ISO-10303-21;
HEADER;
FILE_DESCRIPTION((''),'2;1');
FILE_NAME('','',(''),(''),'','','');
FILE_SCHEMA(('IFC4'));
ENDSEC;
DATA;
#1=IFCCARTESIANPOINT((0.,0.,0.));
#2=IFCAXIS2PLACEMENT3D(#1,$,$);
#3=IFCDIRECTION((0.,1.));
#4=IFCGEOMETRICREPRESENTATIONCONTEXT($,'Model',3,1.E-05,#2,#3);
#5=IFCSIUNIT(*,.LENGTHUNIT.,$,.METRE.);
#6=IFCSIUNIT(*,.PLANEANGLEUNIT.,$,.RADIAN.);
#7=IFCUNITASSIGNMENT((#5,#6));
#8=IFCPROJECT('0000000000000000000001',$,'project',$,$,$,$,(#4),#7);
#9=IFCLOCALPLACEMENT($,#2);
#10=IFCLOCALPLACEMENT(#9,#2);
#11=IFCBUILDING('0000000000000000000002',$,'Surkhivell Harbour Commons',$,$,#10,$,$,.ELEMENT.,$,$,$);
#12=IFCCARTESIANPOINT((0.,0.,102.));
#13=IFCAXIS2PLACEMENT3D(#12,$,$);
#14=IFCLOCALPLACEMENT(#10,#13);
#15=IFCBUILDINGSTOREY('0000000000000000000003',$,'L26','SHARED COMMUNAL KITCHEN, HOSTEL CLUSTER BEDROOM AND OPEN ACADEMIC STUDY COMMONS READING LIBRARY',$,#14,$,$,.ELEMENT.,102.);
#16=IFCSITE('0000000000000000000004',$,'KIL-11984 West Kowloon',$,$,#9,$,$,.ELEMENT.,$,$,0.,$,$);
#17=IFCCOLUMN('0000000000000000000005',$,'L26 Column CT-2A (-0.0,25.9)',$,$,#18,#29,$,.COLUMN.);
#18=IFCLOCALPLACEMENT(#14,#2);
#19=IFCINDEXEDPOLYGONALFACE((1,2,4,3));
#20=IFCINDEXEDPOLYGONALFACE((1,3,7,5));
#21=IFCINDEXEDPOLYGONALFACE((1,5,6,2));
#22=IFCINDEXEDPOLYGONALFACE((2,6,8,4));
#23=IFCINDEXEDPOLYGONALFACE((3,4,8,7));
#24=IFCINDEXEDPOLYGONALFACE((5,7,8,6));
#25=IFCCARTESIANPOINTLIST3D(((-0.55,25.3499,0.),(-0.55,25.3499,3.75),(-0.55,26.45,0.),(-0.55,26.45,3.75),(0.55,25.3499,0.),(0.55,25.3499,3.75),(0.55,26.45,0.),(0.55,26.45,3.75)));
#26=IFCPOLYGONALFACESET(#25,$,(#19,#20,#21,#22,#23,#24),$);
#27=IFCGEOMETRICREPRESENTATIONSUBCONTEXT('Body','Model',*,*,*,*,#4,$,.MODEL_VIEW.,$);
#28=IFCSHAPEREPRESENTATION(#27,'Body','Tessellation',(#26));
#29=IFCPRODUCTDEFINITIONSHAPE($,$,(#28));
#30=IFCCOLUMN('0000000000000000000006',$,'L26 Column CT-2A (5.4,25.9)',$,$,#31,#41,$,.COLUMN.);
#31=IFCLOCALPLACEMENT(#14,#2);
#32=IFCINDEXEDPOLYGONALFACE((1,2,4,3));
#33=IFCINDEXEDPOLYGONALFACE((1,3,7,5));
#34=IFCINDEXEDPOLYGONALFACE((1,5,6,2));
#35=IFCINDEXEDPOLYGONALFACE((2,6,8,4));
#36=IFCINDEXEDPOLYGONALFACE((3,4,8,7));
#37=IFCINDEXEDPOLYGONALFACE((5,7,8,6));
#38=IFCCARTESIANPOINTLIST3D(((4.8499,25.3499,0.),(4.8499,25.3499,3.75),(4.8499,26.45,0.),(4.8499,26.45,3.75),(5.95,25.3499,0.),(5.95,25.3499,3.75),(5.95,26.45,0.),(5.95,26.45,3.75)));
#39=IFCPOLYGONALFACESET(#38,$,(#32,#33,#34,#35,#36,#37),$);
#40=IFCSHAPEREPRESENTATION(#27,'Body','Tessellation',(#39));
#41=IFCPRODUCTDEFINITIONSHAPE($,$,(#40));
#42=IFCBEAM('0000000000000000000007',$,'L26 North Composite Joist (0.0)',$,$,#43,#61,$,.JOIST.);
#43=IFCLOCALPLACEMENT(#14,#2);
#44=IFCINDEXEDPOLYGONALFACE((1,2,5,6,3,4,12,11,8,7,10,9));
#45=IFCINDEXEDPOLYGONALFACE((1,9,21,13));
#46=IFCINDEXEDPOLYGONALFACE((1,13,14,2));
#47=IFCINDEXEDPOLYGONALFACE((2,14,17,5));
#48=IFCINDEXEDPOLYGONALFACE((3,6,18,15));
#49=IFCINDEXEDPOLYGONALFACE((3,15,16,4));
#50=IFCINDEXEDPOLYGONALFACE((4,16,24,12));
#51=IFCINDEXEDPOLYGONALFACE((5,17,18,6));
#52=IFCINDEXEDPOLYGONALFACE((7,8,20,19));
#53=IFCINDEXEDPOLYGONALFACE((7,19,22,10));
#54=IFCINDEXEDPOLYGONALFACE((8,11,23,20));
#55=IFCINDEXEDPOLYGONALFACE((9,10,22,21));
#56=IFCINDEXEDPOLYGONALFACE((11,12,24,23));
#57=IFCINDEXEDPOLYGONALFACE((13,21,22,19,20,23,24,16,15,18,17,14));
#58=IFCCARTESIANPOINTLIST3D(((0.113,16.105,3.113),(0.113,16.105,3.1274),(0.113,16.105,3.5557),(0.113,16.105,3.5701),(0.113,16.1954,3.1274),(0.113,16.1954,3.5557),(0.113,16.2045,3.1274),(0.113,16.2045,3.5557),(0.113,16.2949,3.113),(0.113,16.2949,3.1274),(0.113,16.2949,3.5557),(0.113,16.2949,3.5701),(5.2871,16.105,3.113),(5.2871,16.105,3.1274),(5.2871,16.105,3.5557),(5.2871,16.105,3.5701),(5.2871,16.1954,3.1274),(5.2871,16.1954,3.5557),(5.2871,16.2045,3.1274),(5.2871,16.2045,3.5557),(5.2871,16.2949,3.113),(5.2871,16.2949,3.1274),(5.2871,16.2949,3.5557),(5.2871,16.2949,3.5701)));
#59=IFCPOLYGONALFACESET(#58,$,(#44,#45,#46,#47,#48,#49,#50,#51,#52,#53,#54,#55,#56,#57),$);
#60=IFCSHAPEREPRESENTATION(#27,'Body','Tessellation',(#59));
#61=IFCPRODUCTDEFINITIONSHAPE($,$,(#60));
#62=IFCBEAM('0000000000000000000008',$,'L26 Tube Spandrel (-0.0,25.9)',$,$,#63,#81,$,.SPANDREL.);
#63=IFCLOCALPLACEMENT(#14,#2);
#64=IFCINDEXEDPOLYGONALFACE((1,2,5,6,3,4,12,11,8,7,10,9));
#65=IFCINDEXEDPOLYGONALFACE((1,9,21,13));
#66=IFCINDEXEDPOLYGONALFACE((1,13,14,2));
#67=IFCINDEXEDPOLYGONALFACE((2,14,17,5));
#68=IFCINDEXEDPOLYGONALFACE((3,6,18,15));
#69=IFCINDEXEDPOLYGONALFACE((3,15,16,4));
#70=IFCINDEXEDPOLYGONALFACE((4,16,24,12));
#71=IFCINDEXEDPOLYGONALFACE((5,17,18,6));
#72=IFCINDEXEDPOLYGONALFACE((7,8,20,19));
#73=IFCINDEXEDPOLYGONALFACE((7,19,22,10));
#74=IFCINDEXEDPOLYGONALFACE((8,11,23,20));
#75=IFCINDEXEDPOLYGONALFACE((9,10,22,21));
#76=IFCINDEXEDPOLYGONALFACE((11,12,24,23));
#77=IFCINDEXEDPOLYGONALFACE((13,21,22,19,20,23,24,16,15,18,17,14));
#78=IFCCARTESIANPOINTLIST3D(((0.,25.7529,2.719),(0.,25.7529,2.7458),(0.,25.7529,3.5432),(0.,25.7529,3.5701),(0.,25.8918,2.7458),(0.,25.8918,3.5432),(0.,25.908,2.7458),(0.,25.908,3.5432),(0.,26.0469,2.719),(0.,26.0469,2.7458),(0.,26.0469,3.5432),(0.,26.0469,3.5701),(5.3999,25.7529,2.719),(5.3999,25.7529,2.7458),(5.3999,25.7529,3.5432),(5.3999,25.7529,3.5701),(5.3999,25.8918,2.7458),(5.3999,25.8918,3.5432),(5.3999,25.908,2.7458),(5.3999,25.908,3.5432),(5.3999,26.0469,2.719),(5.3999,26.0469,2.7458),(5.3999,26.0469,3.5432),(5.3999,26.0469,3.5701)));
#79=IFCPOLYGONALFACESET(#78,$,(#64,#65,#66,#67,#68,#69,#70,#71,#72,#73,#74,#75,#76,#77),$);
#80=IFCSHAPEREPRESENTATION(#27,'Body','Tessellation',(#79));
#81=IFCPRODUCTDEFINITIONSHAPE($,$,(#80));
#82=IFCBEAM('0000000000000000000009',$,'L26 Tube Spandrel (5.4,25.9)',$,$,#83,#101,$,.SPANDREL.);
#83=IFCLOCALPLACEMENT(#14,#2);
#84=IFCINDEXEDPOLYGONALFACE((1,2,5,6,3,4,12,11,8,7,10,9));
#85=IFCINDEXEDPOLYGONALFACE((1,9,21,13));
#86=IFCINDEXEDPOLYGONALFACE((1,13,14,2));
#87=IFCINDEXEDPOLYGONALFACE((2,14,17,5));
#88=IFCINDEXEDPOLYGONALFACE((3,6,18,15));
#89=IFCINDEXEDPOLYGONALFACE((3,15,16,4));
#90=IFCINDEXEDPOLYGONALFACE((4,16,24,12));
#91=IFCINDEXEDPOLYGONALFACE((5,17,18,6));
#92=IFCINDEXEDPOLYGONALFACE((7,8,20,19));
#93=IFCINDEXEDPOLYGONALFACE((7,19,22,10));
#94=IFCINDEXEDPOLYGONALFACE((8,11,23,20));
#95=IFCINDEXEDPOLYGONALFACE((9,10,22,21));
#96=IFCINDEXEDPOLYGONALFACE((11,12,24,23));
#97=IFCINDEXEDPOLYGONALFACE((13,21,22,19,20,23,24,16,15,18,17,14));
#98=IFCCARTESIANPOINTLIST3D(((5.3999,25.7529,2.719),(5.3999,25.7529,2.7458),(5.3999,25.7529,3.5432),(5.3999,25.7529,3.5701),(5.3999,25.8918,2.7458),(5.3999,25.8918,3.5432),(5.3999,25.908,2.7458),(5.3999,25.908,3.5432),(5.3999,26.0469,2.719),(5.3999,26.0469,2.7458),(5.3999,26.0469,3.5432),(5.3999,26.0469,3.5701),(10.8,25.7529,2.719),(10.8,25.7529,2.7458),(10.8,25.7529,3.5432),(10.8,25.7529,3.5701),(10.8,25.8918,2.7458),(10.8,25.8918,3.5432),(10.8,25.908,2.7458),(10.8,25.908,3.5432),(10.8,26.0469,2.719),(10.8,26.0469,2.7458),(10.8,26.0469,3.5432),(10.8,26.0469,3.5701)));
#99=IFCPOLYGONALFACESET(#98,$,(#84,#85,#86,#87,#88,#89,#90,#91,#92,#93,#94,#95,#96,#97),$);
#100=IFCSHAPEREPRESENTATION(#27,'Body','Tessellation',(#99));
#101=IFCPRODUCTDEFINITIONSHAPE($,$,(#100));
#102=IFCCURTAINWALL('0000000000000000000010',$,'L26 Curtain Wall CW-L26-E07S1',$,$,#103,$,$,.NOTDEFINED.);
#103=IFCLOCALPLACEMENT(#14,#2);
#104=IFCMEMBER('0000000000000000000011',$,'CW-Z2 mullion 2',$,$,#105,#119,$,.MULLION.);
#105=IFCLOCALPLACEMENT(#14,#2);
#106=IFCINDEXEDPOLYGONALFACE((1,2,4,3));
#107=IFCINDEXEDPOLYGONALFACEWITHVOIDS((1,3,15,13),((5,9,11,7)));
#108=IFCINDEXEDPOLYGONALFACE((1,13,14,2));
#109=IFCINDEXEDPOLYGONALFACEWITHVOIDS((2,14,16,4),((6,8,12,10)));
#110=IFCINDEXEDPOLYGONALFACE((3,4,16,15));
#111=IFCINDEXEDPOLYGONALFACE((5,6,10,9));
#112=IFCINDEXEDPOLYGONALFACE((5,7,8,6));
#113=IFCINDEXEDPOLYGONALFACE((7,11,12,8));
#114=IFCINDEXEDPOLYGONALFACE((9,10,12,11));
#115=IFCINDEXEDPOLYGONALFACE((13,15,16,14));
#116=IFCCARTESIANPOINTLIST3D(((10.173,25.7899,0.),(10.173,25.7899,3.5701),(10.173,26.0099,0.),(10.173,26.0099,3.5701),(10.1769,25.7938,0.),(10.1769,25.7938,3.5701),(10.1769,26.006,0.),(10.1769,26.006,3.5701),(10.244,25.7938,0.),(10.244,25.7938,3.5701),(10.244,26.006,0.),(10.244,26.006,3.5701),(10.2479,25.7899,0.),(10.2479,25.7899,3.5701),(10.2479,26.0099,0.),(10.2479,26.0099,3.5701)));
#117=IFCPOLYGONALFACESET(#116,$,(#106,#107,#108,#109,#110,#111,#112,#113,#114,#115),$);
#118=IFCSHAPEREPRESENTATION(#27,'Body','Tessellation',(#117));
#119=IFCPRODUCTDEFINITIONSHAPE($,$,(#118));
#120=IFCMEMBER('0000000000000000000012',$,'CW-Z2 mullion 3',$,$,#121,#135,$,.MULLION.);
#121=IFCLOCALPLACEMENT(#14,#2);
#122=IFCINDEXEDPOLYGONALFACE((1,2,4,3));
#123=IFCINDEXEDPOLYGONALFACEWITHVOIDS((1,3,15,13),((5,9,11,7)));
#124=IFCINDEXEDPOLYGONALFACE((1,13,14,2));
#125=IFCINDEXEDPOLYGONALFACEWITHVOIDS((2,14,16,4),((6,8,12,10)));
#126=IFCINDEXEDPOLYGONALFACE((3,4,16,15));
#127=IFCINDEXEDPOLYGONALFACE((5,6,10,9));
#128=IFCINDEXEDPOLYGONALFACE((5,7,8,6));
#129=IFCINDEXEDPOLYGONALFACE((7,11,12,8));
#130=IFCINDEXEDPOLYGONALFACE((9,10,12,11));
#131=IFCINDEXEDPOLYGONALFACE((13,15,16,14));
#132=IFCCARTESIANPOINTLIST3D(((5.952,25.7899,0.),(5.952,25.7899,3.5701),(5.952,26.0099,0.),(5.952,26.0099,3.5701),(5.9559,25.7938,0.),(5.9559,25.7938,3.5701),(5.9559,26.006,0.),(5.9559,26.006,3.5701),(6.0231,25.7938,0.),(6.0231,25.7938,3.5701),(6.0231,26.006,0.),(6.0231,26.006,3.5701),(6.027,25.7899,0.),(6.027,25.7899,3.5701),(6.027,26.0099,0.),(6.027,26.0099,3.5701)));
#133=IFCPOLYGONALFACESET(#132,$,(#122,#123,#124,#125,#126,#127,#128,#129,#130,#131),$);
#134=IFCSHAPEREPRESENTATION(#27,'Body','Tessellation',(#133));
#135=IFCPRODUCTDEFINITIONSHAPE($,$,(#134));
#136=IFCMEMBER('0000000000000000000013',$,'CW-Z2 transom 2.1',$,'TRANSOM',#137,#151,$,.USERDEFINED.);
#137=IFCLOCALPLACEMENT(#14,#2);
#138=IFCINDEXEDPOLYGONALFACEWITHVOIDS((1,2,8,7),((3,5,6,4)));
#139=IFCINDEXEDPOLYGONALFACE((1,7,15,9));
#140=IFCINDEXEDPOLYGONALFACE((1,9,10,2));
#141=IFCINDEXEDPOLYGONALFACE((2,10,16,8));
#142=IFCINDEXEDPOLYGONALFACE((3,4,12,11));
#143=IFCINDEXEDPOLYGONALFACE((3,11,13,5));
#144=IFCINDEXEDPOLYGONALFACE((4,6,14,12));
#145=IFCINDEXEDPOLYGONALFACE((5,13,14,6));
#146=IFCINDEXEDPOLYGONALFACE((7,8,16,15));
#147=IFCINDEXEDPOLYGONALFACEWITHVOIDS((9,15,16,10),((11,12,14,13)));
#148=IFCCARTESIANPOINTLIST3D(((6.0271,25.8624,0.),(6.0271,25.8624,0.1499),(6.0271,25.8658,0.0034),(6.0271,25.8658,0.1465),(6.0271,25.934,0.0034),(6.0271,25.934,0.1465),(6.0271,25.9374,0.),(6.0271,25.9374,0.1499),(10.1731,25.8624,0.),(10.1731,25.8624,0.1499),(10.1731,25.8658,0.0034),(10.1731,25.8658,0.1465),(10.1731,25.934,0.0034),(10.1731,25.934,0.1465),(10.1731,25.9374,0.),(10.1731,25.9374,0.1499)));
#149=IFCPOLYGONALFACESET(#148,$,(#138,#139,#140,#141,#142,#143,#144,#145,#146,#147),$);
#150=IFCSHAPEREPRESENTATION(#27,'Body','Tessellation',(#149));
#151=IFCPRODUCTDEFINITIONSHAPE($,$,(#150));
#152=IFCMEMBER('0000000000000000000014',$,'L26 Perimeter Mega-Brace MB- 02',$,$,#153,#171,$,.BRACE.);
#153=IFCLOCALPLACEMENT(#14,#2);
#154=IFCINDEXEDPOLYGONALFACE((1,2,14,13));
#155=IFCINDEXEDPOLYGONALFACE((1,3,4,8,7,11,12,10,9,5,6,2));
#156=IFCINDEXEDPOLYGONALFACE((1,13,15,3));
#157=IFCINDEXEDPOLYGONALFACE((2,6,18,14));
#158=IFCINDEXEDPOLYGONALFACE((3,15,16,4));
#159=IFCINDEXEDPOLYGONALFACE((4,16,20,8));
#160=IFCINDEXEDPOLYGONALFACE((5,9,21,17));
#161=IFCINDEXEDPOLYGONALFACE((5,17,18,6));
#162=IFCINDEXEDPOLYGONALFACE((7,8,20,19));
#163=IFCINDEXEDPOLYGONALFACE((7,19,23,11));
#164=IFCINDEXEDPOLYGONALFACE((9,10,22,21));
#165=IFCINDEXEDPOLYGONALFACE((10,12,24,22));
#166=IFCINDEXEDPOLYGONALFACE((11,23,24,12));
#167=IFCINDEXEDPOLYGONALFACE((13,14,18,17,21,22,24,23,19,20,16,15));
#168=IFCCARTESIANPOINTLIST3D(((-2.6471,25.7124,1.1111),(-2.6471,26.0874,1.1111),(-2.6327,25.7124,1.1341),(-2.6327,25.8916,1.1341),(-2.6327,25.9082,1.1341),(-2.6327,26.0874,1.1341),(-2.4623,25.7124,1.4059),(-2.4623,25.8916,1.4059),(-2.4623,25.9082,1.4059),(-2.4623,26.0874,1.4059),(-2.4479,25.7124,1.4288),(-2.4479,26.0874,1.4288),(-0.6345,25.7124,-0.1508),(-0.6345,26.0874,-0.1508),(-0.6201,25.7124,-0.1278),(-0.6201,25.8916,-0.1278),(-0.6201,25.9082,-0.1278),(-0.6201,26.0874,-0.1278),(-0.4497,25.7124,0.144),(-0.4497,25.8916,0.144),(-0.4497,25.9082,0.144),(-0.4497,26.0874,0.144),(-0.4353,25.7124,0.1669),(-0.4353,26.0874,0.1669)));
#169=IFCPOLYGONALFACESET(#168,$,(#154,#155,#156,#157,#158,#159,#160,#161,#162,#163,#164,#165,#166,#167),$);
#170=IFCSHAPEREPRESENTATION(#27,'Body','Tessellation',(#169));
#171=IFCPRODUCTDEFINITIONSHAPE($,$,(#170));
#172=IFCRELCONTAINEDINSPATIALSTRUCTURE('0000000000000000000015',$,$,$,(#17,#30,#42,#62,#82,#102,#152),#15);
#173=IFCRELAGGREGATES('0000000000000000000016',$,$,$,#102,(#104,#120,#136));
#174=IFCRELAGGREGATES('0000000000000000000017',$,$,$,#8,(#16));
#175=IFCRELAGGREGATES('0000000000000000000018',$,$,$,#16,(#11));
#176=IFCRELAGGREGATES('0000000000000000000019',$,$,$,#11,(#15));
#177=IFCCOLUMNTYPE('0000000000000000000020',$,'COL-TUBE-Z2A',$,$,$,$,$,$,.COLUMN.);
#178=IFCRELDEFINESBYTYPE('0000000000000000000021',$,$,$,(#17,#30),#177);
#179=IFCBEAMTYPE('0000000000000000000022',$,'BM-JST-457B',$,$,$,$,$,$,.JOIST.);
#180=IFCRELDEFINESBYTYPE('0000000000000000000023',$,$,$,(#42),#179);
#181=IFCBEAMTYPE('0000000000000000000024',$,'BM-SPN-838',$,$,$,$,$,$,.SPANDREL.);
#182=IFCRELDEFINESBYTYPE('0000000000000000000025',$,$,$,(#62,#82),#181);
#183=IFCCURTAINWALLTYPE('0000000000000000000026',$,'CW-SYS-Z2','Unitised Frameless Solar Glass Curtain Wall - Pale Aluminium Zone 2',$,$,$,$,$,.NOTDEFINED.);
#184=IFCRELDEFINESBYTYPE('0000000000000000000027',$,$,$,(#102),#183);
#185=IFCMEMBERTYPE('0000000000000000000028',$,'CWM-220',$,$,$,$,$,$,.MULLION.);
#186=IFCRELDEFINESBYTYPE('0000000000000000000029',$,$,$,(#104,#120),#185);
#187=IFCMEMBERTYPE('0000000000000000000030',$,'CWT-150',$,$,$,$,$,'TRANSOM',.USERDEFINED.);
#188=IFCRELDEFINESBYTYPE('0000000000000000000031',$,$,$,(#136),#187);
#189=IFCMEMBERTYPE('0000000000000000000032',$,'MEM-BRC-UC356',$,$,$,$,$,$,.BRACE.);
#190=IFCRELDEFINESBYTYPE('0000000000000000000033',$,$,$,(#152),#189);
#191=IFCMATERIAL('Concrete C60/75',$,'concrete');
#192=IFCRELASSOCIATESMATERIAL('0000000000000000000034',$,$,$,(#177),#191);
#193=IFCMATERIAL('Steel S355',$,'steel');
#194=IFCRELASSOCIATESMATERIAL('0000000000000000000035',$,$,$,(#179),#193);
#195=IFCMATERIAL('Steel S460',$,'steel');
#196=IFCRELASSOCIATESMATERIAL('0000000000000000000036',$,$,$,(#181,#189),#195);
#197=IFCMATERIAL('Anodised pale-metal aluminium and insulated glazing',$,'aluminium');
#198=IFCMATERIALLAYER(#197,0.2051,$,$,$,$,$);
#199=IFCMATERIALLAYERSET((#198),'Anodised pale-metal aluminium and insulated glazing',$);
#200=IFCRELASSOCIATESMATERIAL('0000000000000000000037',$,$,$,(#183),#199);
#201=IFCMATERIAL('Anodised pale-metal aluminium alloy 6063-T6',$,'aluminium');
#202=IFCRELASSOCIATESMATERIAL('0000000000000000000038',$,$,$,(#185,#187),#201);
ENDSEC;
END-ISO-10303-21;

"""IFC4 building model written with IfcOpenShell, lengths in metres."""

from ifc_helpers import new_model, si_unit, direction, frame, origin, origin_2d, place, context, subcontext, project, spatial, rectangle, hollow_rectangle, i_section, extrude, material, layer, layer_set, material_profile, profile_set, type_object, element, aggregate, save


model = new_model("IFC4")

# Units and contexts
model_context = context("Model", 3, precision=1e-05, world=origin(), true_north=direction((0.0, 1.0)))
body_context = subcontext(model_context, "Body", "Model", "MODEL_VIEW")
ifc_project = project(units=[si_unit("LENGTHUNIT", "METRE"), si_unit("PLANEANGLEUNIT", "RADIAN")], contexts=[model_context])

# Site, building, storey
site_placement = place(None, origin())
site = spatial("IfcSite", under=ifc_project, at=site_placement, Name="KIL-11984 West Kowloon", CompositionType="ELEMENT", RefElevation=0.0)
building_placement = place(site_placement, origin())
building = spatial("IfcBuilding", under=site, at=building_placement, Name="Surkhivell Harbour Commons", CompositionType="ELEMENT")
storey_placement = place(building_placement, frame((0.0, 0.0, 102.0)))
storey = spatial("IfcBuildingStorey", under=building, at=storey_placement, Name="L26", Description="SHARED COMMUNAL KITCHEN, HOSTEL CLUSTER BEDROOM AND OPEN ACADEMIC STUDY COMMONS READING LIBRARY", CompositionType="ELEMENT", Elevation=102.0)

# Columns
ifc_material_1 = material(Name="Concrete C60/75", Category="concrete")
ifc_material_profile_1 = material_profile(ifc_material_1, rectangle(XDim=1.1001, YDim=1.1001, at=origin_2d()), Name="RC-COL-1100x1100")
ifc_profile_set_1 = profile_set([ifc_material_profile_1], Name="Concrete C60/75")
column_type = type_object("IfcColumnType", Name="COL-TUBE-Z2A", PredefinedType="COLUMN", material=ifc_profile_set_1)
for number, where, z_axis, x_axis, name in (
    (1, (0.0, 25.8999, 0.0), (0.0, 0.0, 1.0), (1.0, 0.0, 0.0), "L26 Column CT-2A (-0.0,25.9)"),
    (2, (5.3999, 25.8999, 0.0), (0.0, 0.0, 1.0), (1.0, 0.0, 0.0), "L26 Column CT-2A (5.4,25.9)"),
):
    element("IfcColumn", number, at=place(storey_placement, frame(where, z_axis=z_axis, x_axis=x_axis)), inside=storey, type_object=column_type, Name=name, PredefinedType="COLUMN", context=body_context, shape_type="SweptSolid", body=[
        extrude(rectangle(XDim=1.1001, YDim=1.1001, at=origin_2d()), origin(), (0.0, 0.0, 1.0), 3.75),
    ])

# Beams
ifc_material_2 = material(Name="Steel S355", Category="steel")
ifc_material_profile_2 = material_profile(ifc_material_2, i_section(OverallWidth=0.1899, OverallDepth=0.457, WebThickness=0.009, FlangeThickness=0.0144, at=origin_2d()), Name="UB457x191x74")
ifc_profile_set_2 = profile_set([ifc_material_profile_2], Name="Steel S355")
beam_type_1 = type_object("IfcBeamType", Name="BM-JST-457B", PredefinedType="JOIST", material=ifc_profile_set_2)
beam_1_placement = place(storey_placement, frame((0.113, 16.2, 3.3416), z_axis=(1.0, 0.0, 0.0), x_axis=(0.0, 1.0, 0.0)))
element("IfcBeam", 3, at=beam_1_placement, inside=storey, type_object=beam_type_1, Name="L26 North Composite Joist (0.0)", PredefinedType="JOIST", context=body_context, shape_type="SweptSolid", body=[
    extrude(i_section(OverallWidth=0.1899, OverallDepth=0.457, WebThickness=0.009, FlangeThickness=0.0144, at=origin_2d()), origin(), (0.0, 0.0, 1.0), 5.1741),
])
ifc_material_3 = material(Name="Steel S460", Category="steel")
ifc_material_profile_3 = material_profile(ifc_material_3, i_section(OverallWidth=0.2939, OverallDepth=0.8511, WebThickness=0.0161, FlangeThickness=0.0269, at=origin_2d()), Name="UB838x292x226")
ifc_profile_set_3 = profile_set([ifc_material_profile_3], Name="Steel S460")
beam_type_2 = type_object("IfcBeamType", Name="BM-SPN-838", PredefinedType="SPANDREL", material=ifc_profile_set_3)
beam_2_placement = place(storey_placement, frame((0.0, 25.8999, 3.1445), z_axis=(1.0, 0.0, 0.0), x_axis=(0.0, 1.0, 0.0)))
element("IfcBeam", 4, at=beam_2_placement, inside=storey, type_object=beam_type_2, Name="L26 Tube Spandrel (-0.0,25.9)", PredefinedType="SPANDREL", context=body_context, shape_type="SweptSolid", body=[
    extrude(i_section(OverallWidth=0.2939, OverallDepth=0.8511, WebThickness=0.0161, FlangeThickness=0.0269, at=origin_2d()), origin(), (0.0, 0.0, 1.0), 5.3999),
])
beam_3_placement = place(storey_placement, frame((5.3999, 25.8999, 3.1445), z_axis=(1.0, 0.0, 0.0), x_axis=(0.0, 1.0, 0.0)))
element("IfcBeam", 5, at=beam_3_placement, inside=storey, type_object=beam_type_2, Name="L26 Tube Spandrel (5.4,25.9)", PredefinedType="SPANDREL", context=body_context, shape_type="SweptSolid", body=[
    extrude(i_section(OverallWidth=0.2939, OverallDepth=0.8511, WebThickness=0.0161, FlangeThickness=0.0269, at=origin_2d()), origin(), (0.0, 0.0, 1.0), 5.4001),
])

# Curtain wall, members
ifc_material_4 = material(Name="Anodised pale-metal aluminium and insulated glazing", Category="aluminium")
ifc_layer_1 = layer(ifc_material_4, 0.2051)
ifc_layer_set_1 = layer_set([ifc_layer_1], Name="Anodised pale-metal aluminium and insulated glazing")
curtain_wall_type = type_object("IfcCurtainWallType", Name="CW-SYS-Z2", Description="Unitised Frameless Solar Glass Curtain Wall - Pale Aluminium Zone 2", PredefinedType="NOTDEFINED", material=ifc_layer_set_1)
curtain_wall_placement = place(storey_placement, origin())
curtain_wall = element("IfcCurtainWall", 6, at=curtain_wall_placement, inside=storey, type_object=curtain_wall_type, Name="L26 Curtain Wall CW-L26-E07S1", PredefinedType="NOTDEFINED")
ifc_material_5 = material(Name="Anodised pale-metal aluminium alloy 6063-T6", Category="aluminium")
ifc_material_profile_4 = material_profile(ifc_material_5, hollow_rectangle(XDim=0.075, YDim=0.22, WallThickness=0.0039, at=origin_2d()), Name="ALU-MULL-75x220")
ifc_profile_set_4 = profile_set([ifc_material_profile_4], Name="Anodised pale-metal aluminium alloy 6063-T6")
member_type_1 = type_object("IfcMemberType", Name="CWM-220", PredefinedType="MULLION", material=ifc_profile_set_4)
member_1_placement = place(storey_placement, frame((10.2104, 25.8999, 0.0), z_axis=(0.0, 0.0, 1.0), x_axis=(-1.0, 0.0, 0.0)))
member_1 = element("IfcMember", 7, at=member_1_placement, type_object=member_type_1, Name="CW-Z2 mullion 2", PredefinedType="MULLION", context=body_context, shape_type="SweptSolid", body=[
    extrude(hollow_rectangle(XDim=0.075, YDim=0.22, WallThickness=0.0039, at=origin_2d()), origin(), (0.0, 0.0, 1.0), 3.5701),
])
member_2_placement = place(storey_placement, frame((5.9895, 25.8999, 0.0), z_axis=(0.0, 0.0, 1.0), x_axis=(-1.0, 0.0, 0.0)))
member_2 = element("IfcMember", 8, at=member_2_placement, type_object=member_type_1, Name="CW-Z2 mullion 3", PredefinedType="MULLION", context=body_context, shape_type="SweptSolid", body=[
    extrude(hollow_rectangle(XDim=0.075, YDim=0.22, WallThickness=0.0039, at=origin_2d()), origin(), (0.0, 0.0, 1.0), 3.5701),
])
ifc_material_profile_5 = material_profile(ifc_material_5, hollow_rectangle(XDim=0.075, YDim=0.1499, WallThickness=0.0034, at=origin_2d()), Name="ALU-TRAN-75x150")
ifc_profile_set_5 = profile_set([ifc_material_profile_5], Name="Anodised pale-metal aluminium alloy 6063-T6")
member_type_2 = type_object("IfcMemberType", Name="CWT-150", ElementType="TRANSOM", PredefinedType="USERDEFINED", material=ifc_profile_set_5)
member_3_placement = place(storey_placement, frame((10.1731, 25.8999, 0.075), z_axis=(-1.0, 0.0, 0.0), x_axis=(0.0, -1.0, 0.0)))
member_3 = element("IfcMember", 9, at=member_3_placement, type_object=member_type_2, Name="CW-Z2 transom 2.1", ObjectType="TRANSOM", PredefinedType="USERDEFINED", context=body_context, shape_type="SweptSolid", body=[
    extrude(hollow_rectangle(XDim=0.075, YDim=0.1499, WallThickness=0.0034, at=origin_2d()), origin(), (0.0, 0.0, 1.0), 4.146),
])

# Member
ifc_material_profile_6 = material_profile(ifc_material_3, i_section(OverallWidth=0.375, OverallDepth=0.375, WebThickness=0.0166, FlangeThickness=0.0271, at=origin_2d()), Name="UC356x368x202")
ifc_profile_set_6 = profile_set([ifc_material_profile_6], Name="Steel S460")
member_type_3 = type_object("IfcMemberType", Name="MEM-BRC-UC356", PredefinedType="BRACE", material=ifc_profile_set_6)
member_4_placement = place(storey_placement, frame((-0.5349, 25.8999, 0.0081), z_axis=(-0.847235, 0.0, 0.531218), x_axis=(0.0, -1.0, 0.0)))
element("IfcMember", 10, at=member_4_placement, inside=storey, type_object=member_type_3, Name="L26 Perimeter Mega-Brace MB- 02", PredefinedType="BRACE", context=body_context, shape_type="SweptSolid", body=[
    extrude(i_section(OverallWidth=0.375, OverallDepth=0.375, WebThickness=0.0166, FlangeThickness=0.0271, at=origin_2d()), origin(), (0.0, 0.0, 1.0), 2.3755),
])

aggregate(curtain_wall, [member_1, member_2, member_3])

save(model, "model.ifc")
